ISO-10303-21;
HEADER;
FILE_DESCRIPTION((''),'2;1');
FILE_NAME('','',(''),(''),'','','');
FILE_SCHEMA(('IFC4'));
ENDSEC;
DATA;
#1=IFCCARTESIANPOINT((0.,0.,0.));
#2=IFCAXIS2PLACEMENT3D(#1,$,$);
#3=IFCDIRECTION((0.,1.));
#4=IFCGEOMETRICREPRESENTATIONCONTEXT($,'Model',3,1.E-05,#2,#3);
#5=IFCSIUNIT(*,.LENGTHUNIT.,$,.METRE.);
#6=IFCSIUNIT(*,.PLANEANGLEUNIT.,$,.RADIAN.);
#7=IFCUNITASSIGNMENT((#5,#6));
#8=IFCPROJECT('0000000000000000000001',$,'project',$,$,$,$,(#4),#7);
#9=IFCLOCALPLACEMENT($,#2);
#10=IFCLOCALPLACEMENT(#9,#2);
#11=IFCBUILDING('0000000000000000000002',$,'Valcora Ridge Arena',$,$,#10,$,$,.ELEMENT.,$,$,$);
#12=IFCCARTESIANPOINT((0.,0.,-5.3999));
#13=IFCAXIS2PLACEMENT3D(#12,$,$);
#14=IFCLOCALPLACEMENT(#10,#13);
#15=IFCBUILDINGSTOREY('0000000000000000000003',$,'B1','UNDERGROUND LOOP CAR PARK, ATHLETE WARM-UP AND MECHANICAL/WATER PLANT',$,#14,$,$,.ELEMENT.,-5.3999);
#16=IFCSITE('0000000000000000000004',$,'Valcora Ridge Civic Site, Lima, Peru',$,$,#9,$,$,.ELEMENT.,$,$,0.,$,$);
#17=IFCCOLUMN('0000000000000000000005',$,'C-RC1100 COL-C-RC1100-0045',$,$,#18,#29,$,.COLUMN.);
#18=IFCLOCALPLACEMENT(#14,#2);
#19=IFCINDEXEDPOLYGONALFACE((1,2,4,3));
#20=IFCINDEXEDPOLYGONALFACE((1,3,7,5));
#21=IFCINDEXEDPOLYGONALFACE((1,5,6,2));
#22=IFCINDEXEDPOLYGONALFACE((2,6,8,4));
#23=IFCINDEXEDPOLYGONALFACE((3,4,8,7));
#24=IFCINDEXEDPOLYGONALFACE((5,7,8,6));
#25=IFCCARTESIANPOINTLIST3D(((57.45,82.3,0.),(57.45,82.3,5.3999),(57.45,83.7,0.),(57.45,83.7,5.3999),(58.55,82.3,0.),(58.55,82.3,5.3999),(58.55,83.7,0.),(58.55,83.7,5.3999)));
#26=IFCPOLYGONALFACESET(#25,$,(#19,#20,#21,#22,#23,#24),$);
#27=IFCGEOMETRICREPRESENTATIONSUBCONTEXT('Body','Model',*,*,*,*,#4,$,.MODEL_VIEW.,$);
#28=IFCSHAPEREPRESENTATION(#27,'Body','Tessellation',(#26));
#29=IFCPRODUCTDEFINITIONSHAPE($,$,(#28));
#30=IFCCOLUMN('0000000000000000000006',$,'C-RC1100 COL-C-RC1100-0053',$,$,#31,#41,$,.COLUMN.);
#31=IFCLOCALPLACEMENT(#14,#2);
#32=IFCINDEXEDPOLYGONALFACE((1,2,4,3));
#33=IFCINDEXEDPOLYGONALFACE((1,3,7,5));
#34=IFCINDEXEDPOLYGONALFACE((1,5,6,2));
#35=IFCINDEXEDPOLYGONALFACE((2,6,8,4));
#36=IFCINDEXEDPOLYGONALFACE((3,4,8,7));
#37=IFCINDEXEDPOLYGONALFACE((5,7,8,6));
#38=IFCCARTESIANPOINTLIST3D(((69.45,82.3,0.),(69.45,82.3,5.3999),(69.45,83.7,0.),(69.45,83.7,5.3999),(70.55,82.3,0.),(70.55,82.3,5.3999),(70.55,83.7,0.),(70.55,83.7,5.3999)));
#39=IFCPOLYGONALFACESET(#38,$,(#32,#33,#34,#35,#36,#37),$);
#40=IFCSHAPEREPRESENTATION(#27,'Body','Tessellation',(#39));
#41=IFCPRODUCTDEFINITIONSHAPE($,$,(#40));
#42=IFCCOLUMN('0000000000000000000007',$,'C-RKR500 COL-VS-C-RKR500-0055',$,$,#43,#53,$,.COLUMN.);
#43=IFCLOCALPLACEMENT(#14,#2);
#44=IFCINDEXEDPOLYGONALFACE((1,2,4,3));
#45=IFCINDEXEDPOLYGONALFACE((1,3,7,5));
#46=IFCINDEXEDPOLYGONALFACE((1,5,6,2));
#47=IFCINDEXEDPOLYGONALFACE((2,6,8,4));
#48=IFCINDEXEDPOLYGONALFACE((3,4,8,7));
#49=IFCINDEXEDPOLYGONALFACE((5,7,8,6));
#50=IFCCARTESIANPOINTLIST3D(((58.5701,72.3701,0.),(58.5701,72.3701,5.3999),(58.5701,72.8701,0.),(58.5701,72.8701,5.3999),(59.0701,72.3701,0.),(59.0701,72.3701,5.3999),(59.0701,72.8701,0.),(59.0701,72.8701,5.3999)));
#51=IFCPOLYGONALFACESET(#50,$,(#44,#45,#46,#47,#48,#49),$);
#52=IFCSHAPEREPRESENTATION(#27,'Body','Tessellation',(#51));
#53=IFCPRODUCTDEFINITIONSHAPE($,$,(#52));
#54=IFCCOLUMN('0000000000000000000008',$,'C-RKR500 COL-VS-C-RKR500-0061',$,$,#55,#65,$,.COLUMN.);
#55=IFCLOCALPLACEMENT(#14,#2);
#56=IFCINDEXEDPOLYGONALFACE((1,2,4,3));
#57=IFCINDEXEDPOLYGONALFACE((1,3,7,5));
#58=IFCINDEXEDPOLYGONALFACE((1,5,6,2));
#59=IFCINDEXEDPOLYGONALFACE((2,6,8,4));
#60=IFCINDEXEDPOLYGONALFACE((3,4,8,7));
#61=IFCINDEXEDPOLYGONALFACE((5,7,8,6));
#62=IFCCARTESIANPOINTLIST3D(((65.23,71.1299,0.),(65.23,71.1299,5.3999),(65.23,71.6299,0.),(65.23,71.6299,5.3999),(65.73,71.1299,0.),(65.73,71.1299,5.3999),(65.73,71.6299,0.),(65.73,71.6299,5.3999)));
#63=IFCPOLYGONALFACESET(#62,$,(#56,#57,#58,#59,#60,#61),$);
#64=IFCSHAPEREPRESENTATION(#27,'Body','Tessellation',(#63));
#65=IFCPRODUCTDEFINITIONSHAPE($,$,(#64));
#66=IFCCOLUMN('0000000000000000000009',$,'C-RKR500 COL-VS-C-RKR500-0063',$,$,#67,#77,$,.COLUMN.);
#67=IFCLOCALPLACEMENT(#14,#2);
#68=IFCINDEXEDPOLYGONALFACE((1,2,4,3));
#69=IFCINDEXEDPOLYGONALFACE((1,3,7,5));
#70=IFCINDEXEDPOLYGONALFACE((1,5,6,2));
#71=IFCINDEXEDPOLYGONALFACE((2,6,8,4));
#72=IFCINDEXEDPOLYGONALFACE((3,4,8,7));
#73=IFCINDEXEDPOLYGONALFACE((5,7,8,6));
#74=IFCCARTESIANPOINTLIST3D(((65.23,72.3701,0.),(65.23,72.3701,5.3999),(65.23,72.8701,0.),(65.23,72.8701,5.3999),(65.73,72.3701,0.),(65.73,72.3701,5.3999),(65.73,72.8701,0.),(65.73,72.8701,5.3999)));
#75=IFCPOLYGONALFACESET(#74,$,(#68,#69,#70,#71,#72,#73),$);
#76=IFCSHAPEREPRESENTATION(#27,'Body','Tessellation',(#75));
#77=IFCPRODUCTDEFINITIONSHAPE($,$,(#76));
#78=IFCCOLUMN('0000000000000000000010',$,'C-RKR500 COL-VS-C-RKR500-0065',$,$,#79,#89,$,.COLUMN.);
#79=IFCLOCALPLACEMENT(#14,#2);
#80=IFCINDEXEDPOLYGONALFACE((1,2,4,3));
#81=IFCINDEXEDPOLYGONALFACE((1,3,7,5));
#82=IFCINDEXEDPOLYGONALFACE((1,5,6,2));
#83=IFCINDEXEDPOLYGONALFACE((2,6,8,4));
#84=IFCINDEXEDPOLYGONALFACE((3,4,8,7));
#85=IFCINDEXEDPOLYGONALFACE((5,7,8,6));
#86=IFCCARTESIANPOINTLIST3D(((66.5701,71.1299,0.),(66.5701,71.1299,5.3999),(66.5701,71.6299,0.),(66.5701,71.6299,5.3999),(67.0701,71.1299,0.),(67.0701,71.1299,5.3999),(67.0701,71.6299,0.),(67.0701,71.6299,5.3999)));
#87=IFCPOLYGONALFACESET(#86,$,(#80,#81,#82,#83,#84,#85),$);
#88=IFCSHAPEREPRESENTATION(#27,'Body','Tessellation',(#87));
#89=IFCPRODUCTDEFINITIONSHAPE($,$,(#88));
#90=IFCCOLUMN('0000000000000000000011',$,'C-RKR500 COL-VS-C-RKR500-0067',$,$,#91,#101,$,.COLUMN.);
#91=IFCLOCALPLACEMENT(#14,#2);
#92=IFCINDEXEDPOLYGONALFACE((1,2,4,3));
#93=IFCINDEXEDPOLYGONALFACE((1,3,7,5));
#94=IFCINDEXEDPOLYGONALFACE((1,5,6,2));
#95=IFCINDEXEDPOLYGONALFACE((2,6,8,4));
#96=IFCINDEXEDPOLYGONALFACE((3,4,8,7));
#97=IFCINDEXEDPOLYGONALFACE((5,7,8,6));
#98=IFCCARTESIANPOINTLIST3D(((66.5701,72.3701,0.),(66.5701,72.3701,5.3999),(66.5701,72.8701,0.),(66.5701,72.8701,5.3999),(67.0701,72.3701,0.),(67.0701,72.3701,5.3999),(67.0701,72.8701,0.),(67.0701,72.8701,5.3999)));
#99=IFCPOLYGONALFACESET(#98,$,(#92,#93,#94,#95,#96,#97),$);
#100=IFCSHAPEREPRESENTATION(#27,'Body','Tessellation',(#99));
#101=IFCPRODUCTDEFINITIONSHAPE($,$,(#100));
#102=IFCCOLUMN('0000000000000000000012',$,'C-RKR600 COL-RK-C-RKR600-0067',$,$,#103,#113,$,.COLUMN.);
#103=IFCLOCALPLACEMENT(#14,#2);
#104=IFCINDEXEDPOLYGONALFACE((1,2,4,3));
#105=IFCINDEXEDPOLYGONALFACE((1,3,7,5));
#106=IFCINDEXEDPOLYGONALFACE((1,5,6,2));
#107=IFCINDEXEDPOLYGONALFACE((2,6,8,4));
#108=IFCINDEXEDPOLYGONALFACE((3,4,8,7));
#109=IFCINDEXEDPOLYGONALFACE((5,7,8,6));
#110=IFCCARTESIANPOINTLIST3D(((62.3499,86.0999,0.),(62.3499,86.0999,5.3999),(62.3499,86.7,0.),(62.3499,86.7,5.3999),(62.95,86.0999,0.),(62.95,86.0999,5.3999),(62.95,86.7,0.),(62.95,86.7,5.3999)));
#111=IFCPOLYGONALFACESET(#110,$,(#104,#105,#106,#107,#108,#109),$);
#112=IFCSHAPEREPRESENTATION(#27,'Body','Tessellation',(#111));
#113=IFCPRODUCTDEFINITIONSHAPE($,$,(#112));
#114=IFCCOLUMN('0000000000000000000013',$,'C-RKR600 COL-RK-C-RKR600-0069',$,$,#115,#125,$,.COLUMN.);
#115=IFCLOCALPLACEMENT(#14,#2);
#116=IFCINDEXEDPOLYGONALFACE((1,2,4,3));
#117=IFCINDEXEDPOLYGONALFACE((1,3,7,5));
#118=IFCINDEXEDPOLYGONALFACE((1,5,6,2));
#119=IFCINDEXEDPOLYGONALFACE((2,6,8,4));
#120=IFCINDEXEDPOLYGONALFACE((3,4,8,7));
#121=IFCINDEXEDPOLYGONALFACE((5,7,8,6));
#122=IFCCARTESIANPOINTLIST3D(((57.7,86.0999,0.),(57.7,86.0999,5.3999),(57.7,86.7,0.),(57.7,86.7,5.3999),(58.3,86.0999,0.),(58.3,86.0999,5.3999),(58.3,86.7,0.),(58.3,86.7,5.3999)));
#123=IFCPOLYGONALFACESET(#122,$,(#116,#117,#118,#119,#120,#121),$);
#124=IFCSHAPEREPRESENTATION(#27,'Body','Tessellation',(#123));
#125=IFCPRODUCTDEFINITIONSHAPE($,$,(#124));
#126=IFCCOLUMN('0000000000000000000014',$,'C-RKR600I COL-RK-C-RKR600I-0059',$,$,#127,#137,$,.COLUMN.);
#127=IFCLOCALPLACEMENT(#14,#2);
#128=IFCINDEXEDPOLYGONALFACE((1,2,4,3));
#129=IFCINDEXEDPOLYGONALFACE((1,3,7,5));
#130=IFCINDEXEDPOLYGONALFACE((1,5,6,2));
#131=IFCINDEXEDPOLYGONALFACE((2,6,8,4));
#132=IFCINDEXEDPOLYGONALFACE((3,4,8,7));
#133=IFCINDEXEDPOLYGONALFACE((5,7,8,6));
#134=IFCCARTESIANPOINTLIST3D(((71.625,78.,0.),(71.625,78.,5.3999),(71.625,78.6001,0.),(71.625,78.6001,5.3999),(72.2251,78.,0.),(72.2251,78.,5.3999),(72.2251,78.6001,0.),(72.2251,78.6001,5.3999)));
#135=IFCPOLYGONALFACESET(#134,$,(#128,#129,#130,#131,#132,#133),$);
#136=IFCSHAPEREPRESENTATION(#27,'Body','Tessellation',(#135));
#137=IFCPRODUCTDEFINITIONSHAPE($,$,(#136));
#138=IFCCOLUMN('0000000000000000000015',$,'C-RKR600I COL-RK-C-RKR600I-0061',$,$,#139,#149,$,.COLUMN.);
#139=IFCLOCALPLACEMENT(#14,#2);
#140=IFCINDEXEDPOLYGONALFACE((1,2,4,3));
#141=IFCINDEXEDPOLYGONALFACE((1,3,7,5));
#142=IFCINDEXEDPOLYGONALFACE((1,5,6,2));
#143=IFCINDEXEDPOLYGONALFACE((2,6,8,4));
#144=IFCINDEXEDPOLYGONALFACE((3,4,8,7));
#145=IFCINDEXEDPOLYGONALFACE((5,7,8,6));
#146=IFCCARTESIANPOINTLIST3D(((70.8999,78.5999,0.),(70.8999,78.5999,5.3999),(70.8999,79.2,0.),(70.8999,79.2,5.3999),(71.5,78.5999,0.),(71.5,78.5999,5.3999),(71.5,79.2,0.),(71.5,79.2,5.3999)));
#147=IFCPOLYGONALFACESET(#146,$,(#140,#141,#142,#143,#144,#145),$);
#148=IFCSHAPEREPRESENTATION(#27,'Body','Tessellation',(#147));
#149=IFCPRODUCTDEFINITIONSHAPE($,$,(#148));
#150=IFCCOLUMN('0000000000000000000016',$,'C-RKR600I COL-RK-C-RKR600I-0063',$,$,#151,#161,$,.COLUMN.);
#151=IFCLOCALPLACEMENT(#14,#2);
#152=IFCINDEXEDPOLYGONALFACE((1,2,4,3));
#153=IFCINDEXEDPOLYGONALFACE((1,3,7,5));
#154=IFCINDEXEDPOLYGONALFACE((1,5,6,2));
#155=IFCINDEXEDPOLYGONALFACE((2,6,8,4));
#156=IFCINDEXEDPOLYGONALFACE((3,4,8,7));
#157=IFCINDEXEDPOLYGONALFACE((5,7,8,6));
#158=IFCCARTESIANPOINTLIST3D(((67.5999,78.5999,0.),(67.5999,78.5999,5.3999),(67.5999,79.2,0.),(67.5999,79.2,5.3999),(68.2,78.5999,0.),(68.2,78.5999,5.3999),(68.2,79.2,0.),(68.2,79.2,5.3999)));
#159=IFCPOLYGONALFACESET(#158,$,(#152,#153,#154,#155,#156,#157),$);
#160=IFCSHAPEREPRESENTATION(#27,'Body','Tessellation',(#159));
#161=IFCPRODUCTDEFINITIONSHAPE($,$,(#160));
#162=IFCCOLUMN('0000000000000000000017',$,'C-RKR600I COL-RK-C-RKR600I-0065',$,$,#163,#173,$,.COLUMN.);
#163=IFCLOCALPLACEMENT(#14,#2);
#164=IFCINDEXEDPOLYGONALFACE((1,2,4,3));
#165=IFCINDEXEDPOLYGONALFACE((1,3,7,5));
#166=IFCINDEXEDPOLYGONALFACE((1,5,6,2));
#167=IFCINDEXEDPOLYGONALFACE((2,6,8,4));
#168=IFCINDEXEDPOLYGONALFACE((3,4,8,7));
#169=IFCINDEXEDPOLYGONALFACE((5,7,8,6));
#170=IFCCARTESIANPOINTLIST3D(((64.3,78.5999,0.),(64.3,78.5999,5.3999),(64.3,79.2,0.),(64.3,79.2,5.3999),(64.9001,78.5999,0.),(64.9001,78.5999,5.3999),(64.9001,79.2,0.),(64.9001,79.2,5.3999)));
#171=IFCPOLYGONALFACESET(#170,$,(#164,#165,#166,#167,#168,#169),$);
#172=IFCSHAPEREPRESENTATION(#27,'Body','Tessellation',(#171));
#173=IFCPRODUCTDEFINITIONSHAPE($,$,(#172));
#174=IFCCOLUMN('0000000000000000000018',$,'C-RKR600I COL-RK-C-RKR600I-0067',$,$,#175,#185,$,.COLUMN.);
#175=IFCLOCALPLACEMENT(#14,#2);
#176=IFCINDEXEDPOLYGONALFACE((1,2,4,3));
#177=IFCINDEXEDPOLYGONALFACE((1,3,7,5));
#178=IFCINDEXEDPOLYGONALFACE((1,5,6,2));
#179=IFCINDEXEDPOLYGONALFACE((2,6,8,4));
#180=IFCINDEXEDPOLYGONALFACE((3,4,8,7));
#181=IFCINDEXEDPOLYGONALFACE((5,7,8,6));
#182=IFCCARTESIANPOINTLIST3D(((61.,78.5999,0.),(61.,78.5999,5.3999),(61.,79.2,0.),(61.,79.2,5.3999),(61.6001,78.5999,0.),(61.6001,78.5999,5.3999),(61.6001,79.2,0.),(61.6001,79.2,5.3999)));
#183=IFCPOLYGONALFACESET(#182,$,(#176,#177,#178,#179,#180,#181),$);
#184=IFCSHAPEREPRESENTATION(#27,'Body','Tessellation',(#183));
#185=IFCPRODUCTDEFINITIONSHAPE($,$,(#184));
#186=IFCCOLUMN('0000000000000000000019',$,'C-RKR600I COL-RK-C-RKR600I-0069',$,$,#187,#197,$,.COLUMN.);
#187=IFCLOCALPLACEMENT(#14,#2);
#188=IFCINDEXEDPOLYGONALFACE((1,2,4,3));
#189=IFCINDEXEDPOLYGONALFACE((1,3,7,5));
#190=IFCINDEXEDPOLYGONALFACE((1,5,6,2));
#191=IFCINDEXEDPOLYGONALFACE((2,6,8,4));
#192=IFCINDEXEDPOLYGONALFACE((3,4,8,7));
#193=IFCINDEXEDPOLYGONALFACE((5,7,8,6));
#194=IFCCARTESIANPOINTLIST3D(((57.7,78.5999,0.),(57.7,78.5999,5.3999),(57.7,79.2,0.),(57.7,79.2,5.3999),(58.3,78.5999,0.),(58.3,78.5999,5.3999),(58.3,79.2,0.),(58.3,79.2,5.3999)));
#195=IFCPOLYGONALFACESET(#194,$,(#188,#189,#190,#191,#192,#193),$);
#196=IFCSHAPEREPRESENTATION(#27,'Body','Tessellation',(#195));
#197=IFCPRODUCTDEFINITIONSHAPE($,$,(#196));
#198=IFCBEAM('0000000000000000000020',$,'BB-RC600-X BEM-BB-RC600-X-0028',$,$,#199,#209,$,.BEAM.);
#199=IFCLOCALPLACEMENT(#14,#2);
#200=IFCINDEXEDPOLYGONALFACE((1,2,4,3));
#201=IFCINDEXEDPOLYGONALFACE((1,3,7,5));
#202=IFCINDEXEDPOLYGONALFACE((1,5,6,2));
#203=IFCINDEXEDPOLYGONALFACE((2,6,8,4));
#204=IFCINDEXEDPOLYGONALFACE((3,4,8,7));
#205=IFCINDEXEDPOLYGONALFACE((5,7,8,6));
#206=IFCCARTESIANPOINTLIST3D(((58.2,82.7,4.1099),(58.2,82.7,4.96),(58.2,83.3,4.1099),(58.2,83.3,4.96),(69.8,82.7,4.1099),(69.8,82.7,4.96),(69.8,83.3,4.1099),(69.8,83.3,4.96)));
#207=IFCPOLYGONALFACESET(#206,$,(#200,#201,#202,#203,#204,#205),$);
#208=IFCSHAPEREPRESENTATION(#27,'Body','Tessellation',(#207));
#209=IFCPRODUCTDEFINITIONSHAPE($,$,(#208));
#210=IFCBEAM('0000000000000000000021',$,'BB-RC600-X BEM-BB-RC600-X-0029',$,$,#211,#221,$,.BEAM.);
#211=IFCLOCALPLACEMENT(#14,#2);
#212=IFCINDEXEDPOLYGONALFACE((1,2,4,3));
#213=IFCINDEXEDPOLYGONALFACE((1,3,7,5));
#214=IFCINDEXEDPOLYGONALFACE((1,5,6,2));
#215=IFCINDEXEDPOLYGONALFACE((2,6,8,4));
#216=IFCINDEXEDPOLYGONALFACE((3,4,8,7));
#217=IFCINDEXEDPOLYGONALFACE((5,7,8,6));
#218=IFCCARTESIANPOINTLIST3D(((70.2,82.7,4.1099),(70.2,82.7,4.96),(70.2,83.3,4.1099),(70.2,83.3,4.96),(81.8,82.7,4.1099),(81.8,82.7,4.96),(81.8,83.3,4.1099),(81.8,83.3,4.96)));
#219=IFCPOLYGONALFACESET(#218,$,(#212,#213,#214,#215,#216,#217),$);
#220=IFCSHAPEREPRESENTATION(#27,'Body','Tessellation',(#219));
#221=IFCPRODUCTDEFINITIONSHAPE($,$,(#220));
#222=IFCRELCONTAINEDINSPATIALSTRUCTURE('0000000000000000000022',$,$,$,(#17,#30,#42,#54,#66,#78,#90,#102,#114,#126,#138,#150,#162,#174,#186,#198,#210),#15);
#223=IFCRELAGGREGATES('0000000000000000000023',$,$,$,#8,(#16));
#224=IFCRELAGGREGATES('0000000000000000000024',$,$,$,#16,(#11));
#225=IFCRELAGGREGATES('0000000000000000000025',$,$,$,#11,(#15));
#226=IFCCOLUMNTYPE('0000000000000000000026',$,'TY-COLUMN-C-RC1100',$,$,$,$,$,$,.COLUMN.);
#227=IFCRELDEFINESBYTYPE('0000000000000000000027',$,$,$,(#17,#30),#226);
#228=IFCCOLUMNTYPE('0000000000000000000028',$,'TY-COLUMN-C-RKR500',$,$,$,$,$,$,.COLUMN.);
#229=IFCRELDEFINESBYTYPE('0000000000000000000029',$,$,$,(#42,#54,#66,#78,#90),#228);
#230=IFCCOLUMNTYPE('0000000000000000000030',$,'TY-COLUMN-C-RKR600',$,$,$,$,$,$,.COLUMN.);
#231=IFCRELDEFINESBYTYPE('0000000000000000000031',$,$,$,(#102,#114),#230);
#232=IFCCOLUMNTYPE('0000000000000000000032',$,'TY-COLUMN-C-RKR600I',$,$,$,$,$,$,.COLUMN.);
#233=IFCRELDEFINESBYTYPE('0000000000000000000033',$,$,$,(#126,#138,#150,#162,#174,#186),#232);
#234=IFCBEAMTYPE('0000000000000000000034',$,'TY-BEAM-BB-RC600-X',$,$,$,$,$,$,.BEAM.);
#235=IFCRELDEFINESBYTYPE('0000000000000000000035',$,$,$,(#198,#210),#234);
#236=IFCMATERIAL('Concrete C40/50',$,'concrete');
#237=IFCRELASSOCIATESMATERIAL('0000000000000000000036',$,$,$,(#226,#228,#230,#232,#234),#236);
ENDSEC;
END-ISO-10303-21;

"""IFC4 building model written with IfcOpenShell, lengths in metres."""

from ifc_helpers import new_model, si_unit, direction, frame, origin, origin_2d, place, context, subcontext, project, spatial, rectangle, extrude, material, material_profile, profile_set, type_object, element, save


model = new_model("IFC4")

# Units and contexts
model_context = context("Model", 3, precision=1e-05, world=origin(), true_north=direction((0.0, 1.0)))
body_context = subcontext(model_context, "Body", "Model", "MODEL_VIEW")
ifc_project = project(units=[si_unit("LENGTHUNIT", "METRE"), si_unit("PLANEANGLEUNIT", "RADIAN")], contexts=[model_context])

# Site, building, storey
site_placement = place(None, origin())
site = spatial("IfcSite", under=ifc_project, at=site_placement, Name="Valcora Ridge Civic Site, Lima, Peru", CompositionType="ELEMENT", RefElevation=0.0)
building_placement = place(site_placement, origin())
building = spatial("IfcBuilding", under=site, at=building_placement, Name="Valcora Ridge Arena", CompositionType="ELEMENT")
storey_placement = place(building_placement, frame((0.0, 0.0, -5.3999)))
storey = spatial("IfcBuildingStorey", under=building, at=storey_placement, Name="B1", Description="UNDERGROUND LOOP CAR PARK, ATHLETE WARM-UP AND MECHANICAL/WATER PLANT", CompositionType="ELEMENT", Elevation=-5.3999)

# Shared definitions
ifc_material_1 = material(Name="Concrete C40/50", Category="concrete")

# Columns
ifc_material_profile_1 = material_profile(ifc_material_1, rectangle(XDim=1.1001, YDim=1.3999, at=origin_2d()), Name="RC 1100x1400")
ifc_profile_set_1 = profile_set([ifc_material_profile_1], Name="Concrete C40/50")
column_type_1 = type_object("IfcColumnType", Name="TY-COLUMN-C-RC1100", PredefinedType="COLUMN", material=ifc_profile_set_1)
for number, where, z_axis, x_axis, name in (
    (1, (58.0, 83.0, 0.0), (0.0, 0.0, 1.0), (1.0, 0.0, 0.0), "C-RC1100 COL-C-RC1100-0045"),
    (2, (70.0, 83.0, 0.0), (0.0, 0.0, 1.0), (1.0, 0.0, 0.0), "C-RC1100 COL-C-RC1100-0053"),
):
    element("IfcColumn", number, at=place(storey_placement, frame(where, z_axis=z_axis, x_axis=x_axis)), inside=storey, type_object=column_type_1, Name=name, PredefinedType="COLUMN", context=body_context, shape_type="SweptSolid", body=[
        extrude(rectangle(XDim=1.1001, YDim=1.3999, at=origin_2d()), origin(), (0.0, 0.0, 1.0), 5.3999),
    ])
ifc_material_profile_2 = material_profile(ifc_material_1, rectangle(XDim=0.5, YDim=0.5, at=origin_2d()), Name="RC 500x500")
ifc_profile_set_2 = profile_set([ifc_material_profile_2], Name="Concrete C40/50")
column_type_2 = type_object("IfcColumnType", Name="TY-COLUMN-C-RKR500", PredefinedType="COLUMN", material=ifc_profile_set_2)
for number, where, z_axis, x_axis, name in (
    (3, (58.8201, 72.6201, 0.0), (0.0, 0.0, 1.0), (1.0, 0.0, 0.0), "C-RKR500 COL-VS-C-RKR500-0055"),
    (4, (65.48, 71.3799, 0.0), (0.0, 0.0, 1.0), (1.0, 0.0, 0.0), "C-RKR500 COL-VS-C-RKR500-0061"),
    (5, (65.48, 72.6201, 0.0), (0.0, 0.0, 1.0), (1.0, 0.0, 0.0), "C-RKR500 COL-VS-C-RKR500-0063"),
    (6, (66.8201, 71.3799, 0.0), (0.0, 0.0, 1.0), (1.0, 0.0, 0.0), "C-RKR500 COL-VS-C-RKR500-0065"),
    (7, (66.8201, 72.6201, 0.0), (0.0, 0.0, 1.0), (1.0, 0.0, 0.0), "C-RKR500 COL-VS-C-RKR500-0067"),
):
    element("IfcColumn", number, at=place(storey_placement, frame(where, z_axis=z_axis, x_axis=x_axis)), inside=storey, type_object=column_type_2, Name=name, PredefinedType="COLUMN", context=body_context, shape_type="SweptSolid", body=[
        extrude(rectangle(XDim=0.5, YDim=0.5, at=origin_2d()), origin(), (0.0, 0.0, 1.0), 5.3999),
    ])
ifc_material_profile_3 = material_profile(ifc_material_1, rectangle(XDim=0.6001, YDim=0.6001, at=origin_2d()), Name="RC 600x600")
ifc_profile_set_3 = profile_set([ifc_material_profile_3], Name="Concrete C40/50")
column_type_3 = type_object("IfcColumnType", Name="TY-COLUMN-C-RKR600", PredefinedType="COLUMN", material=ifc_profile_set_3)
for number, where, z_axis, x_axis, name in (
    (8, (62.6499, 86.3999, 0.0), (0.0, 0.0, 1.0), (1.0, 0.0, 0.0), "C-RKR600 COL-RK-C-RKR600-0067"),
    (9, (58.0, 86.3999, 0.0), (0.0, 0.0, 1.0), (1.0, 0.0, 0.0), "C-RKR600 COL-RK-C-RKR600-0069"),
):
    element("IfcColumn", number, at=place(storey_placement, frame(where, z_axis=z_axis, x_axis=x_axis)), inside=storey, type_object=column_type_3, Name=name, PredefinedType="COLUMN", context=body_context, shape_type="SweptSolid", body=[
        extrude(rectangle(XDim=0.6001, YDim=0.6001, at=origin_2d()), origin(), (0.0, 0.0, 1.0), 5.3999),
    ])
ifc_material_profile_4 = material_profile(ifc_material_1, rectangle(XDim=0.6001, YDim=0.6001, at=origin_2d()), Name="RC 600x600")
ifc_profile_set_4 = profile_set([ifc_material_profile_4], Name="Concrete C40/50")
column_type_4 = type_object("IfcColumnType", Name="TY-COLUMN-C-RKR600I", PredefinedType="COLUMN", material=ifc_profile_set_4)
for number, where, z_axis, x_axis, name in (
    (10, (71.925, 78.3, 0.0), (0.0, 0.0, 1.0), (1.0, 0.0, 0.0), "C-RKR600I COL-RK-C-RKR600I-0059"),
    (11, (71.2, 78.8999, 0.0), (0.0, 0.0, 1.0), (1.0, 0.0, 0.0), "C-RKR600I COL-RK-C-RKR600I-0061"),
    (12, (67.8999, 78.8999, 0.0), (0.0, 0.0, 1.0), (1.0, 0.0, 0.0), "C-RKR600I COL-RK-C-RKR600I-0063"),
    (13, (64.6001, 78.8999, 0.0), (0.0, 0.0, 1.0), (1.0, 0.0, 0.0), "C-RKR600I COL-RK-C-RKR600I-0065"),
    (14, (61.3, 78.8999, 0.0), (0.0, 0.0, 1.0), (1.0, 0.0, 0.0), "C-RKR600I COL-RK-C-RKR600I-0067"),
    (15, (58.0, 78.8999, 0.0), (0.0, 0.0, 1.0), (1.0, 0.0, 0.0), "C-RKR600I COL-RK-C-RKR600I-0069"),
):
    element("IfcColumn", number, at=place(storey_placement, frame(where, z_axis=z_axis, x_axis=x_axis)), inside=storey, type_object=column_type_4, Name=name, PredefinedType="COLUMN", context=body_context, shape_type="SweptSolid", body=[
        extrude(rectangle(XDim=0.6001, YDim=0.6001, at=origin_2d()), origin(), (0.0, 0.0, 1.0), 5.3999),
    ])

# Beams
ifc_material_profile_5 = material_profile(ifc_material_1, rectangle(XDim=0.6001, YDim=0.8501, at=origin_2d()), Name="RC 600x850")
ifc_profile_set_5 = profile_set([ifc_material_profile_5], Name="Concrete C40/50")
beam_type_1 = type_object("IfcBeamType", Name="TY-BEAM-BB-RC600-X", PredefinedType="BEAM", material=ifc_profile_set_5)
for number, where, z_axis, x_axis, name in (
    (16, (58.2, 83.0, 4.5349), (1.0, 0.0, 0.0), (0.0, 1.0, 0.0), "BB-RC600-X BEM-BB-RC600-X-0028"),
    (17, (70.2, 83.0, 4.5349), (1.0, 0.0, 0.0), (0.0, 1.0, 0.0), "BB-RC600-X BEM-BB-RC600-X-0029"),
):
    element("IfcBeam", number, at=place(storey_placement, frame(where, z_axis=z_axis, x_axis=x_axis)), inside=storey, type_object=beam_type_1, Name=name, PredefinedType="BEAM", context=body_context, shape_type="SweptSolid", body=[
        extrude(rectangle(XDim=0.6001, YDim=0.8501, at=origin_2d()), origin(), (0.0, 0.0, 1.0), 11.6001),
    ])

save(model, "model.ifc")
